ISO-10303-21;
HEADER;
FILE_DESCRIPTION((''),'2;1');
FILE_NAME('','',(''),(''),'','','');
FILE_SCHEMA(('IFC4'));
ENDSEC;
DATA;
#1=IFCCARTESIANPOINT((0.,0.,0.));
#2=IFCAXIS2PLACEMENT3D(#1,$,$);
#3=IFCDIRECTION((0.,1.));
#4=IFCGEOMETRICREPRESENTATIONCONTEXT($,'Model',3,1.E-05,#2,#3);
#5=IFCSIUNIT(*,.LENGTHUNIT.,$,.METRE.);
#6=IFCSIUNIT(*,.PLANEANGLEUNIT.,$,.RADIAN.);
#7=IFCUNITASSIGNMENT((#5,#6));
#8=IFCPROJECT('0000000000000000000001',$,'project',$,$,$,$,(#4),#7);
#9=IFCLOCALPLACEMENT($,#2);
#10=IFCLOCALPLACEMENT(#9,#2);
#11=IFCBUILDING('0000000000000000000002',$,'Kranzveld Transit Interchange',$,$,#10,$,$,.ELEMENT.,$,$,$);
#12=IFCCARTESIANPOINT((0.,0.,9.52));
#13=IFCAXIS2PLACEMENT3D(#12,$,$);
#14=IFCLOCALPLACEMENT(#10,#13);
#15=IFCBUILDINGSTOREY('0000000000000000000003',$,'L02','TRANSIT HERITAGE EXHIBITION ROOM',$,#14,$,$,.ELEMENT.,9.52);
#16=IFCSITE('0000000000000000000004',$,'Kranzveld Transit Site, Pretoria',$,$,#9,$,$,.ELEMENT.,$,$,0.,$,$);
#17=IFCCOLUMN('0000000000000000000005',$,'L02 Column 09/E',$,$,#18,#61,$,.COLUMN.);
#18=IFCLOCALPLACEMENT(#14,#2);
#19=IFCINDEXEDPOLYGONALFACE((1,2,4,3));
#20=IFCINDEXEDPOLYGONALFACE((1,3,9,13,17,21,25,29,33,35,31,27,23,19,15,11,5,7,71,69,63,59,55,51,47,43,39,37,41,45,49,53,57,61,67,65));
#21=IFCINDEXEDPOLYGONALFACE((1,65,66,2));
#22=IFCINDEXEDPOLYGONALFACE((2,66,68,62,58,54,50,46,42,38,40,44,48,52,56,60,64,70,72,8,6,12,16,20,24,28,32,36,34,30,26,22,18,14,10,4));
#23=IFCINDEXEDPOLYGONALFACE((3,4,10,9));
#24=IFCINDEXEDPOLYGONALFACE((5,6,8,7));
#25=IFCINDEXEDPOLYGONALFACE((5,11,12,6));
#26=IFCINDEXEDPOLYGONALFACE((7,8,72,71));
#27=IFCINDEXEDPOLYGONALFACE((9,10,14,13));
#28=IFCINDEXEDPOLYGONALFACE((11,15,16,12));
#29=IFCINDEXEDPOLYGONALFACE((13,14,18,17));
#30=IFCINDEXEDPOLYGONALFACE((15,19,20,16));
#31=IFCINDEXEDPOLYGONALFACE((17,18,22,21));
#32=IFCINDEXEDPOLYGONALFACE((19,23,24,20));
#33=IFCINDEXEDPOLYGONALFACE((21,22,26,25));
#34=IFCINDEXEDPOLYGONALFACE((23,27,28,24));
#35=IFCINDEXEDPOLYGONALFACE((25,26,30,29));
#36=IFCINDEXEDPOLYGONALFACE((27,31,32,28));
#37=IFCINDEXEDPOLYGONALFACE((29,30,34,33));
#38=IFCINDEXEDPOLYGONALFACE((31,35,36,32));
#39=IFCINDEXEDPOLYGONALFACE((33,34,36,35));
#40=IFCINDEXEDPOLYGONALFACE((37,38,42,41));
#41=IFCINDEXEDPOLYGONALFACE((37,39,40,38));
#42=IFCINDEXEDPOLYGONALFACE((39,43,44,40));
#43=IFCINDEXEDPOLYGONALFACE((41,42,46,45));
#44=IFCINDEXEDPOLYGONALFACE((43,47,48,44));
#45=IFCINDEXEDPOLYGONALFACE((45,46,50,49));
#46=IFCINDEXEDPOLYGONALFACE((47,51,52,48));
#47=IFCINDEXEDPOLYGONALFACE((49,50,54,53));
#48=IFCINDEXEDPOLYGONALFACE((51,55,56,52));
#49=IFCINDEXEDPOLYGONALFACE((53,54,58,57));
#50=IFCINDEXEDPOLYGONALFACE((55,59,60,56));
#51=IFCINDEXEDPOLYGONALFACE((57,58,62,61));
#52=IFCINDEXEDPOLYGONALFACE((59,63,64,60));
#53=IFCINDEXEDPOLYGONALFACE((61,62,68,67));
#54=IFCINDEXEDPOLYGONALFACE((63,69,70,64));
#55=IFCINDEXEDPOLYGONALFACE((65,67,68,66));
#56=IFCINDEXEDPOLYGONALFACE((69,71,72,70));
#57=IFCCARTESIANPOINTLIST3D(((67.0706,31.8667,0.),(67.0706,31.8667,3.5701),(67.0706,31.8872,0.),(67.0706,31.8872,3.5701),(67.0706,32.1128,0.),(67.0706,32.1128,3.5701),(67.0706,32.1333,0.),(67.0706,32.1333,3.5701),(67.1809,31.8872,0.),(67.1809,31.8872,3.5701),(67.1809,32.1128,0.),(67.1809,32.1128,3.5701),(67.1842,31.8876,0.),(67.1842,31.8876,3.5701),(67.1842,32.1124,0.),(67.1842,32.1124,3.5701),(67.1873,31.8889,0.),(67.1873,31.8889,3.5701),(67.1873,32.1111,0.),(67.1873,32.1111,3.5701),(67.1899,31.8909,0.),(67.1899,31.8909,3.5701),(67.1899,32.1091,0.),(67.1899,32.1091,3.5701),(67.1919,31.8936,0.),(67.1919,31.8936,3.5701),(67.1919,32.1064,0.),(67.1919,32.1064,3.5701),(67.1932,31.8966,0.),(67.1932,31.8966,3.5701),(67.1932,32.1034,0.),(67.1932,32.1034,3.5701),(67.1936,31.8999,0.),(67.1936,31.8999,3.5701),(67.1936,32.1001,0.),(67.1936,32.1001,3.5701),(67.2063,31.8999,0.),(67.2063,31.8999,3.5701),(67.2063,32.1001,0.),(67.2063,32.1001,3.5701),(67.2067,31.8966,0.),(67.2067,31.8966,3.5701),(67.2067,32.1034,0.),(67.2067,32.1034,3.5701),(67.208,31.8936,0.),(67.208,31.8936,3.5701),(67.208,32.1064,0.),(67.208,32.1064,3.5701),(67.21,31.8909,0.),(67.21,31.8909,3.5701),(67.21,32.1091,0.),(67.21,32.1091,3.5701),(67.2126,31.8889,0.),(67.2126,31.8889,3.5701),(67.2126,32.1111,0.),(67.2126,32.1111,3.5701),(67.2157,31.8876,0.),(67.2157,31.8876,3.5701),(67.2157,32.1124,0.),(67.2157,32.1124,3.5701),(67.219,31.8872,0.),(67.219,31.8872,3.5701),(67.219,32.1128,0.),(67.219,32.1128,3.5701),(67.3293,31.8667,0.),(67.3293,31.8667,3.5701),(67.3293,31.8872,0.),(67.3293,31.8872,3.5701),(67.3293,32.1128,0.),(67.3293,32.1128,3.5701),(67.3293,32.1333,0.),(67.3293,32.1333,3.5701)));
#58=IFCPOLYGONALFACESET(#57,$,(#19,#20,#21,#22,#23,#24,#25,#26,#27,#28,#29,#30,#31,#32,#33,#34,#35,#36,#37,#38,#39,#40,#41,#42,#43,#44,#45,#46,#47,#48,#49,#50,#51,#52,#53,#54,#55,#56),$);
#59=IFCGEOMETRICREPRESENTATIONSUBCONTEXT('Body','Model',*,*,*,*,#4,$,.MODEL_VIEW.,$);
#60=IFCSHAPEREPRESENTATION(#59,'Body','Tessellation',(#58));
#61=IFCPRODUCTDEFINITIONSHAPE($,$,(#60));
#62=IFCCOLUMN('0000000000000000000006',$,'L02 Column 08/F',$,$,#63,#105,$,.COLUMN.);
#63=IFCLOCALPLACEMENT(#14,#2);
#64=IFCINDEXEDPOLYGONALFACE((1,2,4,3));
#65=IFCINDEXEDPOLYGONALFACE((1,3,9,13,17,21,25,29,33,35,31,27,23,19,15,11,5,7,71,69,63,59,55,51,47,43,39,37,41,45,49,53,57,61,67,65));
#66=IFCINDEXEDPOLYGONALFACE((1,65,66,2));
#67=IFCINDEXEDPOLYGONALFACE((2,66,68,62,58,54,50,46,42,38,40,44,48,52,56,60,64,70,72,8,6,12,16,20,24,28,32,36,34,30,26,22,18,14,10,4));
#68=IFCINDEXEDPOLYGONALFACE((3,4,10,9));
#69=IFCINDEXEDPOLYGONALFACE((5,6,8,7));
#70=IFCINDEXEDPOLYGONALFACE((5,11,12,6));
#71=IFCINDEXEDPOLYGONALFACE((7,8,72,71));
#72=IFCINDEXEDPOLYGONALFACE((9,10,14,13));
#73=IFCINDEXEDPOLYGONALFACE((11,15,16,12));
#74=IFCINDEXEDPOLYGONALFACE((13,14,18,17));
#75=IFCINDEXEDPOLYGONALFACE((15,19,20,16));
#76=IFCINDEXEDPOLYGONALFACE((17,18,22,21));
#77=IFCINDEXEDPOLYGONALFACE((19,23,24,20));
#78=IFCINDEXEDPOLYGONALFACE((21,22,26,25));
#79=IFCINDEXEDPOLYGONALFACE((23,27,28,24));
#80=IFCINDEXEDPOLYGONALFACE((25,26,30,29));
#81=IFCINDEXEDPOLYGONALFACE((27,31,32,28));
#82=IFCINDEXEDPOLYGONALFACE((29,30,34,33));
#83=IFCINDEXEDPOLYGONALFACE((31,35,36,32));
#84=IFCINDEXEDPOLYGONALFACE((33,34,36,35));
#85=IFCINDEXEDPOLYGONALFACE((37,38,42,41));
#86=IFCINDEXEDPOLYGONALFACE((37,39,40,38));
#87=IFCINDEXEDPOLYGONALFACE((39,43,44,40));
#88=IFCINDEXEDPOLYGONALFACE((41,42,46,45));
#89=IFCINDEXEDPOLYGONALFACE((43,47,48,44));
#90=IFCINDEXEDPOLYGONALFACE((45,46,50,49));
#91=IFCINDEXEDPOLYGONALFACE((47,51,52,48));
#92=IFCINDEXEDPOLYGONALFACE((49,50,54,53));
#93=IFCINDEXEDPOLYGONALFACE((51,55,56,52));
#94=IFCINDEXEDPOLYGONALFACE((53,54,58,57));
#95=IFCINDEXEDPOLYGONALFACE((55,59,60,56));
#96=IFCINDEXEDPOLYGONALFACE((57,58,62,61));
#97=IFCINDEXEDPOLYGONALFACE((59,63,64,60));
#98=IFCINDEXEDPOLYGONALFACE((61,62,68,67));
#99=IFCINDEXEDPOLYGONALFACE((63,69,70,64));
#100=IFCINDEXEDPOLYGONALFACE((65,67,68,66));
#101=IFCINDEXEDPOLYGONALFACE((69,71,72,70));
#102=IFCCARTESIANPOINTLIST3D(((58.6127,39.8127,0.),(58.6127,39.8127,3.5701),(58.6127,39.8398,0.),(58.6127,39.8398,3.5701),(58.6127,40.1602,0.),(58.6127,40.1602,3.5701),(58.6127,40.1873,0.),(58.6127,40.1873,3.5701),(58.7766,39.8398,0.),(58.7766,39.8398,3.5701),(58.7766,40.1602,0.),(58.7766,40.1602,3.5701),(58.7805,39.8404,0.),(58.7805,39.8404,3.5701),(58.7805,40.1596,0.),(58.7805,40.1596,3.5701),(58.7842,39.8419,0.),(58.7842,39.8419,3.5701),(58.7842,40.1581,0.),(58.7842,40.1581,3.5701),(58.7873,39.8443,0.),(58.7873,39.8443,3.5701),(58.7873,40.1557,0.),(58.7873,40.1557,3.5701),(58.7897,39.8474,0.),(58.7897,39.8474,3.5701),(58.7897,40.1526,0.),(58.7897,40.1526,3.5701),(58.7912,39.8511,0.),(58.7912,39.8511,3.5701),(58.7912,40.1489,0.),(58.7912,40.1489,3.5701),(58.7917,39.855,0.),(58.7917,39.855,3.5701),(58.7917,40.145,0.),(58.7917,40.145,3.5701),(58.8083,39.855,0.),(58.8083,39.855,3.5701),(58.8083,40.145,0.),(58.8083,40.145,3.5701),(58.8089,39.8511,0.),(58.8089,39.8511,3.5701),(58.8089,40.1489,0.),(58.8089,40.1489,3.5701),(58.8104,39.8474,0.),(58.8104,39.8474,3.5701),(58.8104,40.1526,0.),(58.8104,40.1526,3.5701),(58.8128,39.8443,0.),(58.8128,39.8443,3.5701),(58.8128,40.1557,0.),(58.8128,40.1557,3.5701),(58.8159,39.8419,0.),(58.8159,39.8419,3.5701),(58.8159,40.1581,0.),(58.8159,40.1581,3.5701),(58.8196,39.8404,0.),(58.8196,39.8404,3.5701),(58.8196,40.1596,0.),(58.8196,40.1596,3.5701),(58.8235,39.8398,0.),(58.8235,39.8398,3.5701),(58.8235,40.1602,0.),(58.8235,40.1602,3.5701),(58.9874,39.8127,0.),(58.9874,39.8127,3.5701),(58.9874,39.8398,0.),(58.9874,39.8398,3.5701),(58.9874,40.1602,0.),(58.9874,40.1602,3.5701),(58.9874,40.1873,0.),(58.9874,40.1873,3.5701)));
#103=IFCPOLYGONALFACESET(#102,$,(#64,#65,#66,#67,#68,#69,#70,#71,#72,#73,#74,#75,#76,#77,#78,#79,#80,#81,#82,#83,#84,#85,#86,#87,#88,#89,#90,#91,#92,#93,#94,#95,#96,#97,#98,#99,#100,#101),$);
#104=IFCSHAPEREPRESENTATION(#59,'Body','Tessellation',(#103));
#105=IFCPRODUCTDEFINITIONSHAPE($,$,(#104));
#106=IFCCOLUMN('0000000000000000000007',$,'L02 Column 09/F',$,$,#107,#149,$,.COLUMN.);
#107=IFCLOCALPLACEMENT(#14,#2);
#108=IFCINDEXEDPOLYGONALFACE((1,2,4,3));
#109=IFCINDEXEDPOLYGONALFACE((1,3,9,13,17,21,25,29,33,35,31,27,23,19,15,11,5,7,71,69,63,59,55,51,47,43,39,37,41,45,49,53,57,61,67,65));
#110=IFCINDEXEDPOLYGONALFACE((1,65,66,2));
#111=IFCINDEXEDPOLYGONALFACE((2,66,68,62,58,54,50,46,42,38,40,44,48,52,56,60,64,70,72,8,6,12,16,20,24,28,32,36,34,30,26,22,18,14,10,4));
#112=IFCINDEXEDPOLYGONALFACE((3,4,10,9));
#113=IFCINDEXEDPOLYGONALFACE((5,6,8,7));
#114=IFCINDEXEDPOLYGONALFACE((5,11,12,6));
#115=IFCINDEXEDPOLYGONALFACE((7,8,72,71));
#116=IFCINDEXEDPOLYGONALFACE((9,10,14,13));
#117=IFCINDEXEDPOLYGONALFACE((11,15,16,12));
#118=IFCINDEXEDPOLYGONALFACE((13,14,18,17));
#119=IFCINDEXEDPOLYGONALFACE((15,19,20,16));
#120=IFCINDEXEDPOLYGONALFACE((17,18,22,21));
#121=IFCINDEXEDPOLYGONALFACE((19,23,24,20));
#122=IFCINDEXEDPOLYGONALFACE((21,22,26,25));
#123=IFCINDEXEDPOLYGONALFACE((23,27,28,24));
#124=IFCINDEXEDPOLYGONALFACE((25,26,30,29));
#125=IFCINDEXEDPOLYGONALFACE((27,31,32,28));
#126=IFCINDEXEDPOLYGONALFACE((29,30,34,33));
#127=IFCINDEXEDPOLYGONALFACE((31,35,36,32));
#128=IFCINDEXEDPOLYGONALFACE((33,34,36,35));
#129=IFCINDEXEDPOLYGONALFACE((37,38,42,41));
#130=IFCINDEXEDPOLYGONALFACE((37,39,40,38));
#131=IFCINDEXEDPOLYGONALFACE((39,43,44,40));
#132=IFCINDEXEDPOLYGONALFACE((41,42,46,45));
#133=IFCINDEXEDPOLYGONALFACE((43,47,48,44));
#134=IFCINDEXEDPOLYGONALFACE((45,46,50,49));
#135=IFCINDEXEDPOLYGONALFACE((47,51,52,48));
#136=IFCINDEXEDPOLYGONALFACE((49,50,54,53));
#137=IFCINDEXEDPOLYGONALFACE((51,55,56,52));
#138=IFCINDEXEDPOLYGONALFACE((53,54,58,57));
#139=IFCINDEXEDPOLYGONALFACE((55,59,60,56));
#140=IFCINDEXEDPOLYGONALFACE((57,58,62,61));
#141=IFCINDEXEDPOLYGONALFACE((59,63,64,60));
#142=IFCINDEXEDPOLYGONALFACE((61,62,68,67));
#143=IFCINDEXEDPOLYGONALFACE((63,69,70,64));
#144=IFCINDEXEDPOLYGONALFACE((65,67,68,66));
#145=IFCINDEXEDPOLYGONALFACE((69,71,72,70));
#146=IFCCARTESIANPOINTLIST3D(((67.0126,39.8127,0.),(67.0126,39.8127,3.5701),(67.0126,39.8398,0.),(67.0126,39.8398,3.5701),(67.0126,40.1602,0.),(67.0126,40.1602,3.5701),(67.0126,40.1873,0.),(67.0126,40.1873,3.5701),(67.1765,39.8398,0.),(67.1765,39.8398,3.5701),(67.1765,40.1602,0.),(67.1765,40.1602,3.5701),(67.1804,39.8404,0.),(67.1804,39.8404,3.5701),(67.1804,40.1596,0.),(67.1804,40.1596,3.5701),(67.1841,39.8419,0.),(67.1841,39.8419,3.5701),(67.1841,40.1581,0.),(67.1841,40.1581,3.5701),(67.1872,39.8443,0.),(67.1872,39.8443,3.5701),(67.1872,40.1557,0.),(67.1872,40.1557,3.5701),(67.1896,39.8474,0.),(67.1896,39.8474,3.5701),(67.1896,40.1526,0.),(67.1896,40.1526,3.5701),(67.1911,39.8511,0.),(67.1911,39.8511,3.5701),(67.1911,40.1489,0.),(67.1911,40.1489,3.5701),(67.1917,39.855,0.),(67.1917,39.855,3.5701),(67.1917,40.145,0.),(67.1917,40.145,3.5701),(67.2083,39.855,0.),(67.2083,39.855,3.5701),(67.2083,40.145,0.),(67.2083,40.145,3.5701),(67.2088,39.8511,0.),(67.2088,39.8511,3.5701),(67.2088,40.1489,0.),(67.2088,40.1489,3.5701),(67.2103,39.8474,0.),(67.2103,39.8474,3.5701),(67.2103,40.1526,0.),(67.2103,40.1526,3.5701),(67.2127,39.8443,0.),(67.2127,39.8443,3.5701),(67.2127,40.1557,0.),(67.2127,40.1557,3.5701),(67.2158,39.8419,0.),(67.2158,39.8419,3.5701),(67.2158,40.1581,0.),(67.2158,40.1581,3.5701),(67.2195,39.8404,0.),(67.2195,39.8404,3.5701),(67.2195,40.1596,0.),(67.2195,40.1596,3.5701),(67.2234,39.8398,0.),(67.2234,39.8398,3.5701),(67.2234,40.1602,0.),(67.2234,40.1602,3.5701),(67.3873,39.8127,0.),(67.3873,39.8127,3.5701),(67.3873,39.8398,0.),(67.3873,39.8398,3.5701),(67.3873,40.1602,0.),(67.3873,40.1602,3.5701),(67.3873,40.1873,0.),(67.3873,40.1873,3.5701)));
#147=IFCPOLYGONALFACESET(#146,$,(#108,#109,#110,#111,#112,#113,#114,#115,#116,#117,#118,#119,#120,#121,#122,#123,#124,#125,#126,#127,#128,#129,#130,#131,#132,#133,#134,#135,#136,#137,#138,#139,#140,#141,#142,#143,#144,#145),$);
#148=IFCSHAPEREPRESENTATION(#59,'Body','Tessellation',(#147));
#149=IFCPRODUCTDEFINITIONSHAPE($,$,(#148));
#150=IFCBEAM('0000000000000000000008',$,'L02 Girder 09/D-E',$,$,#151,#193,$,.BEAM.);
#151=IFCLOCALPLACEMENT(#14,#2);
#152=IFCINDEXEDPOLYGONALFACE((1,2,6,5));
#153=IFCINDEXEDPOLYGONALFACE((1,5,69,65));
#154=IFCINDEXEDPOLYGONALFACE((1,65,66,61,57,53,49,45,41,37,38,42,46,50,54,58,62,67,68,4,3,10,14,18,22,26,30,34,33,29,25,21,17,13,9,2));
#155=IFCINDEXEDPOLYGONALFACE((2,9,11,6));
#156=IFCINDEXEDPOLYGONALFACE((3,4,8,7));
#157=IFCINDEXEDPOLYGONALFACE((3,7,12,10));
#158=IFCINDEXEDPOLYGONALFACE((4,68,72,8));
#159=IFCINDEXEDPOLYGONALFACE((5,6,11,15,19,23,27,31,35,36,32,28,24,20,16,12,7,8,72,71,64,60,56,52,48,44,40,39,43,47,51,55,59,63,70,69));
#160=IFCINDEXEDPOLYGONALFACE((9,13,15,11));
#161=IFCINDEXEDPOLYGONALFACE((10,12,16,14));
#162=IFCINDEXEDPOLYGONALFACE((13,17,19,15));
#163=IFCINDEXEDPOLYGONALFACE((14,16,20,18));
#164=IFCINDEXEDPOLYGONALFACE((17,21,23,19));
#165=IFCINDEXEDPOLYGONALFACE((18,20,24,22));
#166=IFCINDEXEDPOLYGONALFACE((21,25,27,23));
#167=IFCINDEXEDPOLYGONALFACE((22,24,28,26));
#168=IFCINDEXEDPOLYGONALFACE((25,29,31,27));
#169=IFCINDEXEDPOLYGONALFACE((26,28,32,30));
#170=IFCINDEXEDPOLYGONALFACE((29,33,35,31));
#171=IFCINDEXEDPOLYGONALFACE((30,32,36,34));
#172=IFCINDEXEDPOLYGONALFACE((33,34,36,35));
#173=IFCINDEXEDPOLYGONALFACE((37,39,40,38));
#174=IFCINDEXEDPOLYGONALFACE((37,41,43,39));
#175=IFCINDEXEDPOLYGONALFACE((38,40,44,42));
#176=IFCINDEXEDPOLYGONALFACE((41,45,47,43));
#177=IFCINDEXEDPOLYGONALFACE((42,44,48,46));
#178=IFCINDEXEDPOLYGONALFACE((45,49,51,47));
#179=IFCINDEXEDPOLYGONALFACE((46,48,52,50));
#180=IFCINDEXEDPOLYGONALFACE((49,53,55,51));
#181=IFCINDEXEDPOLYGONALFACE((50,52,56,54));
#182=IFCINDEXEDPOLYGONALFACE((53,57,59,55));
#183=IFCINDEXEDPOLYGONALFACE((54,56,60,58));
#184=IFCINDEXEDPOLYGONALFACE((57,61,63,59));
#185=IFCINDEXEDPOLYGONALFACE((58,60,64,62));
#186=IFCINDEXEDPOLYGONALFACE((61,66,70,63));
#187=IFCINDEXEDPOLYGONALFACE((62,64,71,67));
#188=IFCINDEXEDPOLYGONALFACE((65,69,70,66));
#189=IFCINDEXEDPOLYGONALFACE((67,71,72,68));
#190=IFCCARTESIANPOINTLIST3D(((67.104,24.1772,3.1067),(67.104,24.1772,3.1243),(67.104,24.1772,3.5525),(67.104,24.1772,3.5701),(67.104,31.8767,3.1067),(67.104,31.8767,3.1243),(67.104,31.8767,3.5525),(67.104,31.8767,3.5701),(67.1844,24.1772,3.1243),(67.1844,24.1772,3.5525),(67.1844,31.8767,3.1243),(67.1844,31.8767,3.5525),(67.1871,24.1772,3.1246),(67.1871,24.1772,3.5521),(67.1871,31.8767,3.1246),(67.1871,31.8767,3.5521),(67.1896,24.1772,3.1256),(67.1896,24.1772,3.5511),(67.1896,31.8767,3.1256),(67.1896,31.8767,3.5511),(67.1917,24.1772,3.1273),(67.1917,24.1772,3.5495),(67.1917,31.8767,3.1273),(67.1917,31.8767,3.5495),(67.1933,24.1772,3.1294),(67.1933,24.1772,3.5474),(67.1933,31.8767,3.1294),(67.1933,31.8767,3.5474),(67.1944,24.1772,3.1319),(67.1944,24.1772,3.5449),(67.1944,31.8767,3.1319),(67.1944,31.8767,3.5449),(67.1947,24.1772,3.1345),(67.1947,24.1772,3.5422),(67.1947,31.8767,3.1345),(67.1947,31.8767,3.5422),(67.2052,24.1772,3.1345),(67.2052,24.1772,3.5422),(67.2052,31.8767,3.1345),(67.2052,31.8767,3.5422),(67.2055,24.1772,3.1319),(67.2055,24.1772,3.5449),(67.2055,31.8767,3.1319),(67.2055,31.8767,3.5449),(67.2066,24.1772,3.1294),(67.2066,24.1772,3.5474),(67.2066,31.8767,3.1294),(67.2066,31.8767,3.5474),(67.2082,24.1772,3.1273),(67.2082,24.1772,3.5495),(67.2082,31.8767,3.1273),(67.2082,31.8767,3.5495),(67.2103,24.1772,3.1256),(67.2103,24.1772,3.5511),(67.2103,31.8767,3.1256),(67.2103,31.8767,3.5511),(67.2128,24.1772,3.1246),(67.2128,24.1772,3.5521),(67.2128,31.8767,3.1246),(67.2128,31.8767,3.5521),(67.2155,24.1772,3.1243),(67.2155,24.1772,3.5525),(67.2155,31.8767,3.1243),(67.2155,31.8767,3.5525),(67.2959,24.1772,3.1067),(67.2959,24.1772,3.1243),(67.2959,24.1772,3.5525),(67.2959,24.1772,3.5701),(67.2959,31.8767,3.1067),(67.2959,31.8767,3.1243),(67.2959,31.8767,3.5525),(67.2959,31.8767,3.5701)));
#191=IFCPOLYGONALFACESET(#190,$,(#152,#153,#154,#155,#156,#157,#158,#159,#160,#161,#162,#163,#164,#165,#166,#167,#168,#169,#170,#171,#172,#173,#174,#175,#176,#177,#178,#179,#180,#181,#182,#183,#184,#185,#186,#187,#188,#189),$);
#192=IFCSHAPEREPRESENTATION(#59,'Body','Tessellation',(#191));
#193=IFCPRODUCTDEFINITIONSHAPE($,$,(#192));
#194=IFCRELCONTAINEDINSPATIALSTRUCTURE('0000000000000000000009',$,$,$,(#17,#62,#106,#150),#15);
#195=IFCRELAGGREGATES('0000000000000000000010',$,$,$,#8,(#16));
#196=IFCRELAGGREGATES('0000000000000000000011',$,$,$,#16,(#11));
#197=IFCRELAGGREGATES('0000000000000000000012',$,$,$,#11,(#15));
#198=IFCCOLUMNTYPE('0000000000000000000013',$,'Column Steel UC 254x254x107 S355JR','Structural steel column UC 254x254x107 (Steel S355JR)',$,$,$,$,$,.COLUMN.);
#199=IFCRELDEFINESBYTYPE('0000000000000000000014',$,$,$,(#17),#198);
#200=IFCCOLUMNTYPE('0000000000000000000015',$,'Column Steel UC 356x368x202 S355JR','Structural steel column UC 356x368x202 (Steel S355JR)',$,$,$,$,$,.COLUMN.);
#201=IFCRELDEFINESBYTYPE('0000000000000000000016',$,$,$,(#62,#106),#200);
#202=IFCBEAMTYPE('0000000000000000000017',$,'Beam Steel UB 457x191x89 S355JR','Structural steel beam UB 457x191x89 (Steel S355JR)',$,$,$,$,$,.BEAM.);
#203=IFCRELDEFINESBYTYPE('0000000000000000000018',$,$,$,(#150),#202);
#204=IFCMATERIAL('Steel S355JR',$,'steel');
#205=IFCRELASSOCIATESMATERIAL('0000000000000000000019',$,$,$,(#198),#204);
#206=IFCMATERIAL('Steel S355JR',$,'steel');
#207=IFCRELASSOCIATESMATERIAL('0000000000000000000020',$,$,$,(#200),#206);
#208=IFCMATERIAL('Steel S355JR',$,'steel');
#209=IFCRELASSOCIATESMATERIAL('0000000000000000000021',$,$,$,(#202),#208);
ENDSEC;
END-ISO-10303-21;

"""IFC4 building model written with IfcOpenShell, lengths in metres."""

from ifc_helpers import new_model, si_unit, direction, frame, origin, origin_2d, place, context, subcontext, project, spatial, i_section, extrude, material, material_profile, profile_set, type_object, element, save


model = new_model("IFC4")

# Units and contexts
model_context = context("Model", 3, precision=1e-05, world=origin(), true_north=direction((0.0, 1.0)))
body_context = subcontext(model_context, "Body", "Model", "MODEL_VIEW")
ifc_project = project(units=[si_unit("LENGTHUNIT", "METRE"), si_unit("PLANEANGLEUNIT", "RADIAN")], contexts=[model_context])

# Site, building, storey
site_placement = place(None, origin())
site = spatial("IfcSite", under=ifc_project, at=site_placement, Name="Kranzveld Transit Site, Pretoria", CompositionType="ELEMENT", RefElevation=0.0)
building_placement = place(site_placement, origin())
building = spatial("IfcBuilding", under=site, at=building_placement, Name="Kranzveld Transit Interchange", CompositionType="ELEMENT")
storey_placement = place(building_placement, frame((0.0, 0.0, 9.52)))
storey = spatial("IfcBuildingStorey", under=building, at=storey_placement, Name="L02", Description="TRANSIT HERITAGE EXHIBITION ROOM", CompositionType="ELEMENT", Elevation=9.52)

# Columns
ifc_material_1 = material(Name="Steel S355JR", Category="steel")
ifc_material_profile_1 = material_profile(ifc_material_1, i_section(OverallWidth=0.2588, OverallDepth=0.2666, WebThickness=0.0127, FlangeThickness=0.0205, FilletRadius=0.0127, at=origin_2d()), Name="UC 254x254x107")
ifc_profile_set_1 = profile_set([ifc_material_profile_1], Name="Steel S355JR")
column_type_1 = type_object("IfcColumnType", Name="Column Steel UC 254x254x107 S355JR", Description="Structural steel column UC 254x254x107 (Steel S355JR)", PredefinedType="COLUMN", material=ifc_profile_set_1)
column_placement = place(storey_placement, frame((67.2, 32.0, 0.0), z_axis=(0.0, 0.0, 1.0), x_axis=(1.0, 0.0, 0.0)))
element("IfcColumn", 1, at=column_placement, inside=storey, type_object=column_type_1, Name="L02 Column 09/E", PredefinedType="COLUMN", context=body_context, shape_type="SweptSolid", body=[
    extrude(i_section(OverallWidth=0.2588, OverallDepth=0.2666, WebThickness=0.0127, FlangeThickness=0.0205, FilletRadius=0.0127, at=origin_2d()), origin(), (0.0, 0.0, 1.0), 3.5701),
])
ifc_material_2 = material(Name="Steel S355JR", Category="steel")
ifc_material_profile_2 = material_profile(ifc_material_2, i_section(OverallWidth=0.3748, OverallDepth=0.3745, WebThickness=0.0166, FlangeThickness=0.0271, FilletRadius=0.0151, at=origin_2d()), Name="UC 356x368x202")
ifc_profile_set_2 = profile_set([ifc_material_profile_2], Name="Steel S355JR")
column_type_2 = type_object("IfcColumnType", Name="Column Steel UC 356x368x202 S355JR", Description="Structural steel column UC 356x368x202 (Steel S355JR)", PredefinedType="COLUMN", material=ifc_profile_set_2)
for number, where, z_axis, x_axis, name in (
    (2, (58.8, 40.0, 0.0), (0.0, 0.0, 1.0), (1.0, 0.0, 0.0), "L02 Column 08/F"),
    (3, (67.2, 40.0, 0.0), (0.0, 0.0, 1.0), (1.0, 0.0, 0.0), "L02 Column 09/F"),
):
    element("IfcColumn", number, at=place(storey_placement, frame(where, z_axis=z_axis, x_axis=x_axis)), inside=storey, type_object=column_type_2, Name=name, PredefinedType="COLUMN", context=body_context, shape_type="SweptSolid", body=[
        extrude(i_section(OverallWidth=0.3748, OverallDepth=0.3745, WebThickness=0.0166, FlangeThickness=0.0271, FilletRadius=0.0151, at=origin_2d()), origin(), (0.0, 0.0, 1.0), 3.5701),
    ])

# Beam
ifc_material_3 = material(Name="Steel S355JR", Category="steel")
ifc_material_profile_3 = material_profile(ifc_material_3, i_section(OverallWidth=0.1919, OverallDepth=0.4634, WebThickness=0.0105, FlangeThickness=0.0176, FilletRadius=0.0103, at=origin_2d()), Name="UB 457x191x89")
ifc_profile_set_3 = profile_set([ifc_material_profile_3], Name="Steel S355JR")
beam_type_1 = type_object("IfcBeamType", Name="Beam Steel UB 457x191x89 S355JR", Description="Structural steel beam UB 457x191x89 (Steel S355JR)", PredefinedType="BEAM", material=ifc_profile_set_3)
beam_1_placement = place(storey_placement, frame((67.2, 24.1772, 3.3384), z_axis=(0.0, 1.0, 0.0), x_axis=(-1.0, 0.0, 0.0)))
element("IfcBeam", 4, at=beam_1_placement, inside=storey, type_object=beam_type_1, Name="L02 Girder 09/D-E", PredefinedType="BEAM", context=body_context, shape_type="SweptSolid", body=[
    extrude(i_section(OverallWidth=0.1919, OverallDepth=0.4634, WebThickness=0.0105, FlangeThickness=0.0176, FilletRadius=0.0103, at=origin_2d()), origin(), (0.0, 0.0, 1.0), 7.6995),
])

save(model, "model.ifc")
